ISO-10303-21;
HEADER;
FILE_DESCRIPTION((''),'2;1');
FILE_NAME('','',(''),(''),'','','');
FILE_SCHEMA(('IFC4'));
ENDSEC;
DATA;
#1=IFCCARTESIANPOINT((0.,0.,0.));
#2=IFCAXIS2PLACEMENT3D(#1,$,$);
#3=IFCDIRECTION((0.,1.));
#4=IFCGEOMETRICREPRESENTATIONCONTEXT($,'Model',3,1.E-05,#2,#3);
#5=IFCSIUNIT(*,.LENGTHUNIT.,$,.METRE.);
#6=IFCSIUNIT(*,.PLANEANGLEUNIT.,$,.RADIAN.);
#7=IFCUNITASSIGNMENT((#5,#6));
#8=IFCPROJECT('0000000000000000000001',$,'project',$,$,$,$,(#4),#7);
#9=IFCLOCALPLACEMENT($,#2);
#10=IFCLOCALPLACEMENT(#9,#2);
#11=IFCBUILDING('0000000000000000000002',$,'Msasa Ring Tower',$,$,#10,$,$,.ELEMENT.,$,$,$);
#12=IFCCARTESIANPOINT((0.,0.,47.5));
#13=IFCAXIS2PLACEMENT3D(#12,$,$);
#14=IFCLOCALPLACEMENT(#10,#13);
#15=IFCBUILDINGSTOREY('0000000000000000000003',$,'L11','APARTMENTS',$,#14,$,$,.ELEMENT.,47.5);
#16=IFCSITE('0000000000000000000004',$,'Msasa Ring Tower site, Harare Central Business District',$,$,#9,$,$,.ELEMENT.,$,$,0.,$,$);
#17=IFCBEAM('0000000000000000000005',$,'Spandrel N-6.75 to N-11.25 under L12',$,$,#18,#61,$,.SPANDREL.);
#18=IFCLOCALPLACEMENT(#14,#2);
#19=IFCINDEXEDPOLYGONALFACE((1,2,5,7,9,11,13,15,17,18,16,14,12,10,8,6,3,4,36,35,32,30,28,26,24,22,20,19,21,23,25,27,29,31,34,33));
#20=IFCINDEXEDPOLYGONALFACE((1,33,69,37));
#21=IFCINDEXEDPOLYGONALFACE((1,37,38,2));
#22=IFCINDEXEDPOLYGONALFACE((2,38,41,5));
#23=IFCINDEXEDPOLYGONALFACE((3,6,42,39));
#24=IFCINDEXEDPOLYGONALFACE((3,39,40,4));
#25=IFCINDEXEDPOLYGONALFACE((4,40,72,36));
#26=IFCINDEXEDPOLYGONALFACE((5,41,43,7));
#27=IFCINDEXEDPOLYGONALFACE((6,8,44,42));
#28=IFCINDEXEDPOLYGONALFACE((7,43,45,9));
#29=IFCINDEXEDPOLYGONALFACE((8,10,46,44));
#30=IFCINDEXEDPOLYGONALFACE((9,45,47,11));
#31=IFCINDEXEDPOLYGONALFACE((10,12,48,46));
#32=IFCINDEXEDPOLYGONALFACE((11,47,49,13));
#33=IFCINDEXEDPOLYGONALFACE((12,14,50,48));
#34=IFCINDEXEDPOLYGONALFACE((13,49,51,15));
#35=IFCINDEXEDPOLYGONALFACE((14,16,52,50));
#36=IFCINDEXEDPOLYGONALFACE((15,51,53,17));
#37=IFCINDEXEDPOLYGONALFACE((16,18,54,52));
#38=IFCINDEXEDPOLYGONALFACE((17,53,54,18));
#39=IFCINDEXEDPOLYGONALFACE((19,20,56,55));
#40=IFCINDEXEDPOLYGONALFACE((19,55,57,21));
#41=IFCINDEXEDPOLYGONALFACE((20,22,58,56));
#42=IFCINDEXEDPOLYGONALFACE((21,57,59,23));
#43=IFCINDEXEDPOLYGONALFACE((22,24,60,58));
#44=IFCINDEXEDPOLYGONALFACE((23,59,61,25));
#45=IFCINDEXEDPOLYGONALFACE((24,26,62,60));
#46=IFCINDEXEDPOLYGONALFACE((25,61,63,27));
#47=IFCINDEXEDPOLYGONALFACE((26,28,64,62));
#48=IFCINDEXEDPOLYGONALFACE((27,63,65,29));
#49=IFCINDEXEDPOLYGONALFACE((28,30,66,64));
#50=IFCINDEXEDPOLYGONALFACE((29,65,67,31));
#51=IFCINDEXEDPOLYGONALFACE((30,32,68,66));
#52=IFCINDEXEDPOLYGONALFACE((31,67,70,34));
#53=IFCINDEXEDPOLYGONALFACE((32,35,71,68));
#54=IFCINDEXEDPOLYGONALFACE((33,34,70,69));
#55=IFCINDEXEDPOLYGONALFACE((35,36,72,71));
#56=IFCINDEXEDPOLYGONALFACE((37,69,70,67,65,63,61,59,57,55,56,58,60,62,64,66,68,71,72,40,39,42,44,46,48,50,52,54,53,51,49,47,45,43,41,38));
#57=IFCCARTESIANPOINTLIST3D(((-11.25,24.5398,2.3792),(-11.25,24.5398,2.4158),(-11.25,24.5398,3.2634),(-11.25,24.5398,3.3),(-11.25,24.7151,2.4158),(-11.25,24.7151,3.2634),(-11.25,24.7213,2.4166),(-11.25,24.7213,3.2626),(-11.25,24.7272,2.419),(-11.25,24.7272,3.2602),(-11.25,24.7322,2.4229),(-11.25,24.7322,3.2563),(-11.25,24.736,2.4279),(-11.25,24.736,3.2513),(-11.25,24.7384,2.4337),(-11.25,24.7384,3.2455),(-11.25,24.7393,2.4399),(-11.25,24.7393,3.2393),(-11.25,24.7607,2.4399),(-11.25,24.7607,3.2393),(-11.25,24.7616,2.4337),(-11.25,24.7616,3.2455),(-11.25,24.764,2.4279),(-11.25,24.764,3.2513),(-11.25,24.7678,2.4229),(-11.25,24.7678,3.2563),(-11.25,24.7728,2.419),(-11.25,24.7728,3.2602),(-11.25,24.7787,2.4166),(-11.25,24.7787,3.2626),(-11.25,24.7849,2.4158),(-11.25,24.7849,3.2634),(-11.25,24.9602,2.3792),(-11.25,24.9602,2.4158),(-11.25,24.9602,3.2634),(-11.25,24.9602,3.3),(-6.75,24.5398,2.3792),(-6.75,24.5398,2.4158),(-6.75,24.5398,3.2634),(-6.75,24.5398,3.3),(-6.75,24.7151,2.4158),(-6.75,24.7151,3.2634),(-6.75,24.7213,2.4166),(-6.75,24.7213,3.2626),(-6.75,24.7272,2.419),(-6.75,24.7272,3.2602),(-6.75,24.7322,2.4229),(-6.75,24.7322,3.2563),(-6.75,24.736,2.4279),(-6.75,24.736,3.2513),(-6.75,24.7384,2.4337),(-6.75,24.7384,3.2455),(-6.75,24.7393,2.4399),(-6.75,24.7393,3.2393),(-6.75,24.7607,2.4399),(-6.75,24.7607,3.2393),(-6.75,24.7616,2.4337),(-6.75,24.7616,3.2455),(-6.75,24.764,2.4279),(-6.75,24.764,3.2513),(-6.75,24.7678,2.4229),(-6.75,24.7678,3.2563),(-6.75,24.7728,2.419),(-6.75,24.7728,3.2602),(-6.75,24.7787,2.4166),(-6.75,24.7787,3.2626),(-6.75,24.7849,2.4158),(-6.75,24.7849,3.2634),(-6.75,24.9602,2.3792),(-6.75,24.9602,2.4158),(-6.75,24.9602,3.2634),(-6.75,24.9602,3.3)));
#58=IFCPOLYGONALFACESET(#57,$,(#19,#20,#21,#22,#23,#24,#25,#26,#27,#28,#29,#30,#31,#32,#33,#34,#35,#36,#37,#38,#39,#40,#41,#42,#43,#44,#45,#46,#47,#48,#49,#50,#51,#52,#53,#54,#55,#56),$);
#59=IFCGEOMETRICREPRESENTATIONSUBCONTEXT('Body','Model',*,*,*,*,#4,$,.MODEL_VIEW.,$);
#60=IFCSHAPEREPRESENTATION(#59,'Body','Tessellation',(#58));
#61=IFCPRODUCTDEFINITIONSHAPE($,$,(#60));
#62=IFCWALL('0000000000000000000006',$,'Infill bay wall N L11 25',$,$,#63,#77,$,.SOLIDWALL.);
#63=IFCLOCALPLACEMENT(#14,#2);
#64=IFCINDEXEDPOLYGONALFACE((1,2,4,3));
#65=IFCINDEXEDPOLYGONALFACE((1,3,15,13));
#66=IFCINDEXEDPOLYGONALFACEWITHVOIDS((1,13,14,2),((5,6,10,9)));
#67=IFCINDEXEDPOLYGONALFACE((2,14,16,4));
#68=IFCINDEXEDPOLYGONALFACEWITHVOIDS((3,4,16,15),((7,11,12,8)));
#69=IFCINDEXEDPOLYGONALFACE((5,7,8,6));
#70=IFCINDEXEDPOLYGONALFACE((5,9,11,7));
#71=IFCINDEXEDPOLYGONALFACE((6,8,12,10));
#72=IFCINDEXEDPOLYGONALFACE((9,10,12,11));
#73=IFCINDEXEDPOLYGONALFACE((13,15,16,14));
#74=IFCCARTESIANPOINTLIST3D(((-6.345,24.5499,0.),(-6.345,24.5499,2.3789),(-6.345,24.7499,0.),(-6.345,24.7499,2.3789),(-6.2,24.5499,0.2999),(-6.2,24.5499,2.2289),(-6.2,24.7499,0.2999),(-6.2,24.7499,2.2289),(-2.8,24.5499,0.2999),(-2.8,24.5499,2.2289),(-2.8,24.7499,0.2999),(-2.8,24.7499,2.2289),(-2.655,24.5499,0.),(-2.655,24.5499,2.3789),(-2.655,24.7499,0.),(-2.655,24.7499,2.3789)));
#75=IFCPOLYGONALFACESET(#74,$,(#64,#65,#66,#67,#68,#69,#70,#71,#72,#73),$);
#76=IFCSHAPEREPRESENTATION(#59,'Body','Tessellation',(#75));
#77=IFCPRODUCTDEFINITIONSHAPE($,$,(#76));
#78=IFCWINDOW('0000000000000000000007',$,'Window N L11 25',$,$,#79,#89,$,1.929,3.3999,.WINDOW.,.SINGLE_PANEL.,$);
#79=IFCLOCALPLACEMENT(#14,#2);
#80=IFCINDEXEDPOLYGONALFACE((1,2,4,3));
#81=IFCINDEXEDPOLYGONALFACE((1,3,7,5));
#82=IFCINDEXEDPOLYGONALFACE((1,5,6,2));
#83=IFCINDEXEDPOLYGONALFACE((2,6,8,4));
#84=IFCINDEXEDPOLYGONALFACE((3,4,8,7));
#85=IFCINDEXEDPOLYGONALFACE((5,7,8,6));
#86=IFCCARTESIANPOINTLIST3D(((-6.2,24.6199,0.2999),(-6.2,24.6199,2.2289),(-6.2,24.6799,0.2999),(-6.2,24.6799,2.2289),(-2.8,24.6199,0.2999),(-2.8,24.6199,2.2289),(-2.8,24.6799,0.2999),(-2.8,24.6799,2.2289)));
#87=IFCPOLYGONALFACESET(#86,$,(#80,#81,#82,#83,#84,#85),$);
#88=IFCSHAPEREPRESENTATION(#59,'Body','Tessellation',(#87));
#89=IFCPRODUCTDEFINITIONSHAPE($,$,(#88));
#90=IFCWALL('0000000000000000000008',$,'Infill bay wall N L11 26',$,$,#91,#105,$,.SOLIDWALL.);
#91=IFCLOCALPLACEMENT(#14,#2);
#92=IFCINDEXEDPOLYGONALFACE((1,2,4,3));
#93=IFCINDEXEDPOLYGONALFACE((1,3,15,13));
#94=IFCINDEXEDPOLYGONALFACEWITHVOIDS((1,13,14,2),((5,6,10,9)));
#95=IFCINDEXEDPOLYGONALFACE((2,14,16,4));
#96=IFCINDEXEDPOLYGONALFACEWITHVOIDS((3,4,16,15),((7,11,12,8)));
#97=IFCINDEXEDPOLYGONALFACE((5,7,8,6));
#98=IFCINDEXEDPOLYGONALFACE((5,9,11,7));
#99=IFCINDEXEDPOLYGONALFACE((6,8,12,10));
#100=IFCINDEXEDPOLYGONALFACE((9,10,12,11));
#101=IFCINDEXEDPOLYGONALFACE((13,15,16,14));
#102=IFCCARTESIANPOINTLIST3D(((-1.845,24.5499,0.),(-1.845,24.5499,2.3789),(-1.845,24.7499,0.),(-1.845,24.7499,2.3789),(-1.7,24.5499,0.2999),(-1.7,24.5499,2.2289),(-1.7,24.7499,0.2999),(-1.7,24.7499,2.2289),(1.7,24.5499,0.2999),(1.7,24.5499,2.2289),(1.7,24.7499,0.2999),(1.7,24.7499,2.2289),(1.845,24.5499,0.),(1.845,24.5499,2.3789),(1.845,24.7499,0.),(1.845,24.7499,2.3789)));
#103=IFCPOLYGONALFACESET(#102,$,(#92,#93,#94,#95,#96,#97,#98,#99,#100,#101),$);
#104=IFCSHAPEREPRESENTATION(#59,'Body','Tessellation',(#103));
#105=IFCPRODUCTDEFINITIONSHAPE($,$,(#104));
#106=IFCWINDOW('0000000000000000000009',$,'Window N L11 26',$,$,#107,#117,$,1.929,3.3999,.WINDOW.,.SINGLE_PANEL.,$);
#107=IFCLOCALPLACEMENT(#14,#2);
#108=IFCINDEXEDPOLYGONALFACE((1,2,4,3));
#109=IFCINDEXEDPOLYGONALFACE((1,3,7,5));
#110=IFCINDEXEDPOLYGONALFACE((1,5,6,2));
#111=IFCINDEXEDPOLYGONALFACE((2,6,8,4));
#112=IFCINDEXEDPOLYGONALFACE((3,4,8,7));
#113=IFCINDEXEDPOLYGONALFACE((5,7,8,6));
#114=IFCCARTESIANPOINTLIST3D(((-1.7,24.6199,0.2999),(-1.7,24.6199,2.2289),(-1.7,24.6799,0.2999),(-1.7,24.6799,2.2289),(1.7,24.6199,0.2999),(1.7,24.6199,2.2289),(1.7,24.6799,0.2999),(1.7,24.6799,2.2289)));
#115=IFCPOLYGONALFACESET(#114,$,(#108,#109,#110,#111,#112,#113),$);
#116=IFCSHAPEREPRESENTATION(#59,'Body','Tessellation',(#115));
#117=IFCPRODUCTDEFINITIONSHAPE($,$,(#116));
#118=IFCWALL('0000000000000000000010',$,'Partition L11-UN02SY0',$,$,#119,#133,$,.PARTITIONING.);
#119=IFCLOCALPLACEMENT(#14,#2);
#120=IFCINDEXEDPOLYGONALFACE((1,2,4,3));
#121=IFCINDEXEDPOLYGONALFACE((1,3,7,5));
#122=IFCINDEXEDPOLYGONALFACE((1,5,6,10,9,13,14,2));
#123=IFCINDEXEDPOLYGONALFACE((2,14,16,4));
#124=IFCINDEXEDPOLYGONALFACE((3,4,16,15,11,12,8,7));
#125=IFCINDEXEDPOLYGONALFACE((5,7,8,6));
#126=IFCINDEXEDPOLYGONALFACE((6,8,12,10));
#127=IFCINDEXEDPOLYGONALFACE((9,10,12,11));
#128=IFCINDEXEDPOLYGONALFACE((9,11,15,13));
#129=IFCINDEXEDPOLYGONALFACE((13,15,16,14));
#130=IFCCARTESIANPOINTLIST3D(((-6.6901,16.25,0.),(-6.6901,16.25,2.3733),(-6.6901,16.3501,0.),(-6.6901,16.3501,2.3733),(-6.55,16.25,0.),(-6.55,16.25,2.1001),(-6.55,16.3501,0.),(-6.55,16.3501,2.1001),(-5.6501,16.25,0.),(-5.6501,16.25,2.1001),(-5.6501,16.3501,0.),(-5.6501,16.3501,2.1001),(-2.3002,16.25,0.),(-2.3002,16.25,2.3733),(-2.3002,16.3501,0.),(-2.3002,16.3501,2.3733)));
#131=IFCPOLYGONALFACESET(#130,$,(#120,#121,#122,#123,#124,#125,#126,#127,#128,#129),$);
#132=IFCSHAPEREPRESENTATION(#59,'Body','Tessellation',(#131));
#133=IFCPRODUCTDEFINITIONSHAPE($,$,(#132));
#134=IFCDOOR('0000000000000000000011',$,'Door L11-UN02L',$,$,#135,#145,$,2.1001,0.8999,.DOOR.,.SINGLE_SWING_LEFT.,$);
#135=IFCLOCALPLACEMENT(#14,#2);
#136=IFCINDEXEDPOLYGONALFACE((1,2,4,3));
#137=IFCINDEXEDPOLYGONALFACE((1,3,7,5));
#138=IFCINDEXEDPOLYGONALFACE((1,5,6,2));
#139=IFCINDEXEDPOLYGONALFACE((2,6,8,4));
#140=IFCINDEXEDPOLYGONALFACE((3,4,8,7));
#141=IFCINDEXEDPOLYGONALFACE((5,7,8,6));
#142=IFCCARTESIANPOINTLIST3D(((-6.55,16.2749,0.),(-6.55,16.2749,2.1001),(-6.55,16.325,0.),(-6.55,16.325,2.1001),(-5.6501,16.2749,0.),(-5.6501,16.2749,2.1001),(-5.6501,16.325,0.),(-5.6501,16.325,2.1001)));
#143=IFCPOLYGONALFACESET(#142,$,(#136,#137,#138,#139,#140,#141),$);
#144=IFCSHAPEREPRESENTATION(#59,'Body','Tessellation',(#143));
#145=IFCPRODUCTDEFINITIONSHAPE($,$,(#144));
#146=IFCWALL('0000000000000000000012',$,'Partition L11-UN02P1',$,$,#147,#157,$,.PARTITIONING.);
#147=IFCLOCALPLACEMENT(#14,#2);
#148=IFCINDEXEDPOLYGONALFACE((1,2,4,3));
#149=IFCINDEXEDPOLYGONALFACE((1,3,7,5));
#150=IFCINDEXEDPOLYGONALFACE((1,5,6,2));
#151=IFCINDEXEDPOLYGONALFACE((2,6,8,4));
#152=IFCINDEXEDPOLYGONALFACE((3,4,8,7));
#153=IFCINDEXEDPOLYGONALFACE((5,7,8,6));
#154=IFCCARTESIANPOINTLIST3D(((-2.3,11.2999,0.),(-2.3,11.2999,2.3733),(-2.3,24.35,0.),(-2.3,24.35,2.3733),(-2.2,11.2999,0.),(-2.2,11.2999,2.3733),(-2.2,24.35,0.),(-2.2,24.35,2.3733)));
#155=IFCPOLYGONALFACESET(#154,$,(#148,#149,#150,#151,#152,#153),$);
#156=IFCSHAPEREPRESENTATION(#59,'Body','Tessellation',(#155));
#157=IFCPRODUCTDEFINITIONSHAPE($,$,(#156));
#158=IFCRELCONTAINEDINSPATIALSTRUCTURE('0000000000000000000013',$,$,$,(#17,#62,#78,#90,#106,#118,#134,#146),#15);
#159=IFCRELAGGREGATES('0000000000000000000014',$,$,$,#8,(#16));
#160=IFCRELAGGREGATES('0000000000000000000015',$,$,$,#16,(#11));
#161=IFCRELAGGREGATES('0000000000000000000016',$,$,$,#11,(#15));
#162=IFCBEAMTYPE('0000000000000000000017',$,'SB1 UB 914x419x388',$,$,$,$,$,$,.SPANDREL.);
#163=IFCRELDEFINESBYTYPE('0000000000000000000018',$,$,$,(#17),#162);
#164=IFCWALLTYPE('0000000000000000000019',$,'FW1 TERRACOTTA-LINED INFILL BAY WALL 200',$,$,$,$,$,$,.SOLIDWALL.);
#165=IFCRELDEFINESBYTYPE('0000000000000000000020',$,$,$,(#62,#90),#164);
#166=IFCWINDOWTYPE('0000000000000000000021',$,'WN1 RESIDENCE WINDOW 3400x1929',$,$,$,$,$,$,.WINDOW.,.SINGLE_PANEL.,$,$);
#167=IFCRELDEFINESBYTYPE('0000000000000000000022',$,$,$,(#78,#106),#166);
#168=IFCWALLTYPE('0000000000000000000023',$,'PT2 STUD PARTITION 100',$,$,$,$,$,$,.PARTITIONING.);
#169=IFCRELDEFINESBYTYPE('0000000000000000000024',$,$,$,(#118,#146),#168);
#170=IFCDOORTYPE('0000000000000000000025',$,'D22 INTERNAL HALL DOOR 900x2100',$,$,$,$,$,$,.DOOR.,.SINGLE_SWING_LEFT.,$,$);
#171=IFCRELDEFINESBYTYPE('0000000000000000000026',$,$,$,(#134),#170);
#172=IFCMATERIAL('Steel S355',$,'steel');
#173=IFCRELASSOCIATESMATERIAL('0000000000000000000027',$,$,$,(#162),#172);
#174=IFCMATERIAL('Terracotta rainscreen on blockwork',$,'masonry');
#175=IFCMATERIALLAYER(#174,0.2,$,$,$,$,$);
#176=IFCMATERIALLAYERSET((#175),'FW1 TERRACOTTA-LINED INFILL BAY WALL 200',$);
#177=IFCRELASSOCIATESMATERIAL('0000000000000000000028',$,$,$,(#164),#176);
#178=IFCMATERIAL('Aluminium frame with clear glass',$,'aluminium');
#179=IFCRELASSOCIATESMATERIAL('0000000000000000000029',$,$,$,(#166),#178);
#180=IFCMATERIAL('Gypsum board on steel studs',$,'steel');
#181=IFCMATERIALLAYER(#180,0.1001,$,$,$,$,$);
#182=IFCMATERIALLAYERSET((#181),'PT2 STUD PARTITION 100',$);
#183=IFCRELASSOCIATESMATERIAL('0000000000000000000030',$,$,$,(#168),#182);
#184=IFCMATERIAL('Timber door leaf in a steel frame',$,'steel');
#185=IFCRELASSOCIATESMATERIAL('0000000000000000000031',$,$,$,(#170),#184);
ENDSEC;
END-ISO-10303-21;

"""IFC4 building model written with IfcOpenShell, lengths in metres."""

from ifc_helpers import new_model, si_unit, direction, frame, frame_2d, origin, origin_2d, place, context, subcontext, project, spatial, rectangle, i_section, extrude, material, layer, layer_set, material_profile, profile_set, type_object, element, fill, save


model = new_model("IFC4")

# Units and contexts
model_context = context("Model", 3, precision=1e-05, world=origin(), true_north=direction((0.0, 1.0)))
body_context = subcontext(model_context, "Body", "Model", "MODEL_VIEW")
ifc_project = project(units=[si_unit("LENGTHUNIT", "METRE"), si_unit("PLANEANGLEUNIT", "RADIAN")], contexts=[model_context])

# Site, building, storey
site_placement = place(None, origin())
site = spatial("IfcSite", under=ifc_project, at=site_placement, Name="Msasa Ring Tower site, Harare Central Business District", CompositionType="ELEMENT", RefElevation=0.0)
building_placement = place(site_placement, origin())
building = spatial("IfcBuilding", under=site, at=building_placement, Name="Msasa Ring Tower", CompositionType="ELEMENT")
storey_placement = place(building_placement, frame((0.0, 0.0, 47.5)))
storey = spatial("IfcBuildingStorey", under=building, at=storey_placement, Name="L11", Description="APARTMENTS", CompositionType="ELEMENT", Elevation=47.5)

# Beam
ifc_material_1 = material(Name="Steel S355", Category="steel")
ifc_material_profile_1 = material_profile(ifc_material_1, i_section(OverallWidth=0.4204, OverallDepth=0.9209, WebThickness=0.0215, FlangeThickness=0.0366, FilletRadius=0.0242, at=origin_2d()), Name="UB 914x419x388")
ifc_profile_set_1 = profile_set([ifc_material_profile_1], Name="Steel S355")
beam_type_1 = type_object("IfcBeamType", Name="SB1 UB 914x419x388", PredefinedType="SPANDREL", material=ifc_profile_set_1)
for number, where, z_axis, x_axis, name in (
    (1, (-6.75, 24.75, 2.8396), (-1.0, 0.0, 0.0), (0.0, -1.0, 0.0), "Spandrel N-6.75 to N-11.25 under L12"),
):
    element("IfcBeam", number, at=place(storey_placement, frame(where, z_axis=z_axis, x_axis=x_axis)), inside=storey, type_object=beam_type_1, Name=name, PredefinedType="SPANDREL", context=body_context, shape_type="SweptSolid", body=[
        extrude(i_section(OverallWidth=0.4204, OverallDepth=0.9209, WebThickness=0.0215, FlangeThickness=0.0366, FilletRadius=0.0242, at=origin_2d()), origin(), (0.0, 0.0, 1.0), 4.5),
    ])

# Walls, openings, windows
ifc_material_2 = material(Name="Terracotta rainscreen on blockwork", Category="masonry")
ifc_layer_1 = layer(ifc_material_2, 0.2)
ifc_layer_set_1 = layer_set([ifc_layer_1], Name="FW1 TERRACOTTA-LINED INFILL BAY WALL 200")
wall_type_1 = type_object("IfcWallType", Name="FW1 TERRACOTTA-LINED INFILL BAY WALL 200", PredefinedType="SOLIDWALL", material=ifc_layer_set_1)
wall_1_placement = place(storey_placement, frame((-6.345, 24.6499, 0.0), z_axis=(0.0, 0.0, 1.0), x_axis=(1.0, 0.0, 0.0)))
wall_1 = element("IfcWall", 2, at=wall_1_placement, inside=storey, type_object=wall_type_1, Name="Infill bay wall N L11 25", PredefinedType="SOLIDWALL", context=body_context, shape_type="SweptSolid", body=[
    extrude(rectangle(XDim=3.6899, YDim=0.2, at=frame_2d((1.845, 0.0))), origin(), (0.0, 0.0, 1.0), 2.3789),
])
opening_1_placement = place(wall_1_placement, frame((0.145, 0.0, 0.3)))
opening_1 = element("IfcOpeningElement", 3, at=opening_1_placement, cuts=wall_1, PredefinedType="OPENING", context=body_context, shape_type="SweptSolid", body=[
    extrude(rectangle(XDim=3.3999, YDim=1.929, at=frame_2d((1.7, 0.9644))), frame((0.0, 0.1099, 0.0), z_axis=(0.0, -1.0, 0.0), x_axis=(1.0, 0.0, 0.0)), (0.0, 0.0, 1.0), 0.22),
])
ifc_material_3 = material(Name="Aluminium frame with clear glass", Category="aluminium")
window_type = type_object("IfcWindowType", Name="WN1 RESIDENCE WINDOW 3400x1929", PartitioningType="SINGLE_PANEL", PredefinedType="WINDOW", material=ifc_material_3)
window_1_placement = place(opening_1_placement, origin())
window_1 = element("IfcWindow", 4, at=window_1_placement, inside=storey, type_object=window_type, Name="Window N L11 25", OverallHeight=1.929, OverallWidth=3.3999, PartitioningType="SINGLE_PANEL", PredefinedType="WINDOW", context=body_context, shape_type="SweptSolid", body=[
    extrude(rectangle(XDim=3.3999, YDim=1.929, at=frame_2d((1.7, 0.9644))), frame((0.0, 0.03, 0.0), z_axis=(0.0, -1.0, 0.0), x_axis=(1.0, 0.0, 0.0)), (0.0, 0.0, 1.0), 0.0601),
])
fill(opening_1, window_1)
wall_2_placement = place(storey_placement, frame((-1.845, 24.6499, 0.0), z_axis=(0.0, 0.0, 1.0), x_axis=(1.0, 0.0, 0.0)))
wall_2 = element("IfcWall", 5, at=wall_2_placement, inside=storey, type_object=wall_type_1, Name="Infill bay wall N L11 26", PredefinedType="SOLIDWALL", context=body_context, shape_type="SweptSolid", body=[
    extrude(rectangle(XDim=3.6899, YDim=0.2, at=frame_2d((1.845, 0.0))), origin(), (0.0, 0.0, 1.0), 2.3789),
])
opening_2_placement = place(wall_2_placement, frame((0.145, 0.0, 0.3)))
opening_2 = element("IfcOpeningElement", 6, at=opening_2_placement, cuts=wall_2, PredefinedType="OPENING", context=body_context, shape_type="SweptSolid", body=[
    extrude(rectangle(XDim=3.3999, YDim=1.929, at=frame_2d((1.7, 0.9644))), frame((0.0, 0.1099, 0.0), z_axis=(0.0, -1.0, 0.0), x_axis=(1.0, 0.0, 0.0)), (0.0, 0.0, 1.0), 0.22),
])
window_2_placement = place(opening_2_placement, origin())
window_2 = element("IfcWindow", 7, at=window_2_placement, inside=storey, type_object=window_type, Name="Window N L11 26", OverallHeight=1.929, OverallWidth=3.3999, PartitioningType="SINGLE_PANEL", PredefinedType="WINDOW", context=body_context, shape_type="SweptSolid", body=[
    extrude(rectangle(XDim=3.3999, YDim=1.929, at=frame_2d((1.7, 0.9644))), frame((0.0, 0.03, 0.0), z_axis=(0.0, -1.0, 0.0), x_axis=(1.0, 0.0, 0.0)), (0.0, 0.0, 1.0), 0.0601),
])
fill(opening_2, window_2)

# Wall, opening, door
ifc_material_4 = material(Name="Gypsum board on steel studs", Category="steel")
ifc_layer_2 = layer(ifc_material_4, 0.1001)
ifc_layer_set_2 = layer_set([ifc_layer_2], Name="PT2 STUD PARTITION 100")
wall_type_2 = type_object("IfcWallType", Name="PT2 STUD PARTITION 100", PredefinedType="PARTITIONING", material=ifc_layer_set_2)
wall_3_placement = place(storey_placement, frame((-6.6899, 16.3, 0.0), z_axis=(0.0, 0.0, 1.0), x_axis=(1.0, 0.0, 0.0)))
wall_3 = element("IfcWall", 8, at=wall_3_placement, inside=storey, type_object=wall_type_2, Name="Partition L11-UN02SY0", PredefinedType="PARTITIONING", context=body_context, shape_type="SweptSolid", body=[
    extrude(rectangle(XDim=4.3899, YDim=0.1001, at=frame_2d((2.1948, 0.0))), origin(), (0.0, 0.0, 1.0), 2.3733),
])
opening_3_placement = place(wall_3_placement, frame((0.1399, 0.0, 0.0)))
opening_3 = element("IfcOpeningElement", 9, at=opening_3_placement, cuts=wall_3, PredefinedType="OPENING", context=body_context, shape_type="SweptSolid", body=[
    extrude(rectangle(XDim=0.8999, YDim=2.1001, at=frame_2d((0.45, 1.05))), frame((0.0, 0.0601, 0.0), z_axis=(0.0, -1.0, 0.0), x_axis=(1.0, 0.0, 0.0)), (0.0, 0.0, 1.0), 0.1201),
])
ifc_material_5 = material(Name="Timber door leaf in a steel frame", Category="steel")
door_type_1 = type_object("IfcDoorType", Name="D22 INTERNAL HALL DOOR 900x2100", OperationType="SINGLE_SWING_LEFT", PredefinedType="DOOR", material=ifc_material_5)
door_1_placement = place(opening_3_placement, origin())
door_1 = element("IfcDoor", 10, at=door_1_placement, inside=storey, type_object=door_type_1, Name="Door L11-UN02L", OperationType="SINGLE_SWING_LEFT", OverallHeight=2.1001, OverallWidth=0.8999, PredefinedType="DOOR", context=body_context, shape_type="SweptSolid", body=[
    extrude(rectangle(XDim=0.8999, YDim=2.1001, at=frame_2d((0.45, 1.05))), frame((0.0, 0.0249, 0.0), z_axis=(0.0, -1.0, 0.0), x_axis=(1.0, 0.0, 0.0)), (0.0, 0.0, 1.0), 0.05),
])
fill(opening_3, door_1)

# Wall
wall_4_placement = place(storey_placement, frame((-2.25, 11.3, 0.0), z_axis=(0.0, 0.0, 1.0), x_axis=(0.0, 1.0, 0.0)))
element("IfcWall", 11, at=wall_4_placement, inside=storey, type_object=wall_type_2, Name="Partition L11-UN02P1", PredefinedType="PARTITIONING", context=body_context, shape_type="SweptSolid", body=[
    extrude(rectangle(XDim=13.05, YDim=0.1001, at=frame_2d((6.5249, 0.0))), origin(), (0.0, 0.0, 1.0), 2.3733),
])

save(model, "model.ifc")
